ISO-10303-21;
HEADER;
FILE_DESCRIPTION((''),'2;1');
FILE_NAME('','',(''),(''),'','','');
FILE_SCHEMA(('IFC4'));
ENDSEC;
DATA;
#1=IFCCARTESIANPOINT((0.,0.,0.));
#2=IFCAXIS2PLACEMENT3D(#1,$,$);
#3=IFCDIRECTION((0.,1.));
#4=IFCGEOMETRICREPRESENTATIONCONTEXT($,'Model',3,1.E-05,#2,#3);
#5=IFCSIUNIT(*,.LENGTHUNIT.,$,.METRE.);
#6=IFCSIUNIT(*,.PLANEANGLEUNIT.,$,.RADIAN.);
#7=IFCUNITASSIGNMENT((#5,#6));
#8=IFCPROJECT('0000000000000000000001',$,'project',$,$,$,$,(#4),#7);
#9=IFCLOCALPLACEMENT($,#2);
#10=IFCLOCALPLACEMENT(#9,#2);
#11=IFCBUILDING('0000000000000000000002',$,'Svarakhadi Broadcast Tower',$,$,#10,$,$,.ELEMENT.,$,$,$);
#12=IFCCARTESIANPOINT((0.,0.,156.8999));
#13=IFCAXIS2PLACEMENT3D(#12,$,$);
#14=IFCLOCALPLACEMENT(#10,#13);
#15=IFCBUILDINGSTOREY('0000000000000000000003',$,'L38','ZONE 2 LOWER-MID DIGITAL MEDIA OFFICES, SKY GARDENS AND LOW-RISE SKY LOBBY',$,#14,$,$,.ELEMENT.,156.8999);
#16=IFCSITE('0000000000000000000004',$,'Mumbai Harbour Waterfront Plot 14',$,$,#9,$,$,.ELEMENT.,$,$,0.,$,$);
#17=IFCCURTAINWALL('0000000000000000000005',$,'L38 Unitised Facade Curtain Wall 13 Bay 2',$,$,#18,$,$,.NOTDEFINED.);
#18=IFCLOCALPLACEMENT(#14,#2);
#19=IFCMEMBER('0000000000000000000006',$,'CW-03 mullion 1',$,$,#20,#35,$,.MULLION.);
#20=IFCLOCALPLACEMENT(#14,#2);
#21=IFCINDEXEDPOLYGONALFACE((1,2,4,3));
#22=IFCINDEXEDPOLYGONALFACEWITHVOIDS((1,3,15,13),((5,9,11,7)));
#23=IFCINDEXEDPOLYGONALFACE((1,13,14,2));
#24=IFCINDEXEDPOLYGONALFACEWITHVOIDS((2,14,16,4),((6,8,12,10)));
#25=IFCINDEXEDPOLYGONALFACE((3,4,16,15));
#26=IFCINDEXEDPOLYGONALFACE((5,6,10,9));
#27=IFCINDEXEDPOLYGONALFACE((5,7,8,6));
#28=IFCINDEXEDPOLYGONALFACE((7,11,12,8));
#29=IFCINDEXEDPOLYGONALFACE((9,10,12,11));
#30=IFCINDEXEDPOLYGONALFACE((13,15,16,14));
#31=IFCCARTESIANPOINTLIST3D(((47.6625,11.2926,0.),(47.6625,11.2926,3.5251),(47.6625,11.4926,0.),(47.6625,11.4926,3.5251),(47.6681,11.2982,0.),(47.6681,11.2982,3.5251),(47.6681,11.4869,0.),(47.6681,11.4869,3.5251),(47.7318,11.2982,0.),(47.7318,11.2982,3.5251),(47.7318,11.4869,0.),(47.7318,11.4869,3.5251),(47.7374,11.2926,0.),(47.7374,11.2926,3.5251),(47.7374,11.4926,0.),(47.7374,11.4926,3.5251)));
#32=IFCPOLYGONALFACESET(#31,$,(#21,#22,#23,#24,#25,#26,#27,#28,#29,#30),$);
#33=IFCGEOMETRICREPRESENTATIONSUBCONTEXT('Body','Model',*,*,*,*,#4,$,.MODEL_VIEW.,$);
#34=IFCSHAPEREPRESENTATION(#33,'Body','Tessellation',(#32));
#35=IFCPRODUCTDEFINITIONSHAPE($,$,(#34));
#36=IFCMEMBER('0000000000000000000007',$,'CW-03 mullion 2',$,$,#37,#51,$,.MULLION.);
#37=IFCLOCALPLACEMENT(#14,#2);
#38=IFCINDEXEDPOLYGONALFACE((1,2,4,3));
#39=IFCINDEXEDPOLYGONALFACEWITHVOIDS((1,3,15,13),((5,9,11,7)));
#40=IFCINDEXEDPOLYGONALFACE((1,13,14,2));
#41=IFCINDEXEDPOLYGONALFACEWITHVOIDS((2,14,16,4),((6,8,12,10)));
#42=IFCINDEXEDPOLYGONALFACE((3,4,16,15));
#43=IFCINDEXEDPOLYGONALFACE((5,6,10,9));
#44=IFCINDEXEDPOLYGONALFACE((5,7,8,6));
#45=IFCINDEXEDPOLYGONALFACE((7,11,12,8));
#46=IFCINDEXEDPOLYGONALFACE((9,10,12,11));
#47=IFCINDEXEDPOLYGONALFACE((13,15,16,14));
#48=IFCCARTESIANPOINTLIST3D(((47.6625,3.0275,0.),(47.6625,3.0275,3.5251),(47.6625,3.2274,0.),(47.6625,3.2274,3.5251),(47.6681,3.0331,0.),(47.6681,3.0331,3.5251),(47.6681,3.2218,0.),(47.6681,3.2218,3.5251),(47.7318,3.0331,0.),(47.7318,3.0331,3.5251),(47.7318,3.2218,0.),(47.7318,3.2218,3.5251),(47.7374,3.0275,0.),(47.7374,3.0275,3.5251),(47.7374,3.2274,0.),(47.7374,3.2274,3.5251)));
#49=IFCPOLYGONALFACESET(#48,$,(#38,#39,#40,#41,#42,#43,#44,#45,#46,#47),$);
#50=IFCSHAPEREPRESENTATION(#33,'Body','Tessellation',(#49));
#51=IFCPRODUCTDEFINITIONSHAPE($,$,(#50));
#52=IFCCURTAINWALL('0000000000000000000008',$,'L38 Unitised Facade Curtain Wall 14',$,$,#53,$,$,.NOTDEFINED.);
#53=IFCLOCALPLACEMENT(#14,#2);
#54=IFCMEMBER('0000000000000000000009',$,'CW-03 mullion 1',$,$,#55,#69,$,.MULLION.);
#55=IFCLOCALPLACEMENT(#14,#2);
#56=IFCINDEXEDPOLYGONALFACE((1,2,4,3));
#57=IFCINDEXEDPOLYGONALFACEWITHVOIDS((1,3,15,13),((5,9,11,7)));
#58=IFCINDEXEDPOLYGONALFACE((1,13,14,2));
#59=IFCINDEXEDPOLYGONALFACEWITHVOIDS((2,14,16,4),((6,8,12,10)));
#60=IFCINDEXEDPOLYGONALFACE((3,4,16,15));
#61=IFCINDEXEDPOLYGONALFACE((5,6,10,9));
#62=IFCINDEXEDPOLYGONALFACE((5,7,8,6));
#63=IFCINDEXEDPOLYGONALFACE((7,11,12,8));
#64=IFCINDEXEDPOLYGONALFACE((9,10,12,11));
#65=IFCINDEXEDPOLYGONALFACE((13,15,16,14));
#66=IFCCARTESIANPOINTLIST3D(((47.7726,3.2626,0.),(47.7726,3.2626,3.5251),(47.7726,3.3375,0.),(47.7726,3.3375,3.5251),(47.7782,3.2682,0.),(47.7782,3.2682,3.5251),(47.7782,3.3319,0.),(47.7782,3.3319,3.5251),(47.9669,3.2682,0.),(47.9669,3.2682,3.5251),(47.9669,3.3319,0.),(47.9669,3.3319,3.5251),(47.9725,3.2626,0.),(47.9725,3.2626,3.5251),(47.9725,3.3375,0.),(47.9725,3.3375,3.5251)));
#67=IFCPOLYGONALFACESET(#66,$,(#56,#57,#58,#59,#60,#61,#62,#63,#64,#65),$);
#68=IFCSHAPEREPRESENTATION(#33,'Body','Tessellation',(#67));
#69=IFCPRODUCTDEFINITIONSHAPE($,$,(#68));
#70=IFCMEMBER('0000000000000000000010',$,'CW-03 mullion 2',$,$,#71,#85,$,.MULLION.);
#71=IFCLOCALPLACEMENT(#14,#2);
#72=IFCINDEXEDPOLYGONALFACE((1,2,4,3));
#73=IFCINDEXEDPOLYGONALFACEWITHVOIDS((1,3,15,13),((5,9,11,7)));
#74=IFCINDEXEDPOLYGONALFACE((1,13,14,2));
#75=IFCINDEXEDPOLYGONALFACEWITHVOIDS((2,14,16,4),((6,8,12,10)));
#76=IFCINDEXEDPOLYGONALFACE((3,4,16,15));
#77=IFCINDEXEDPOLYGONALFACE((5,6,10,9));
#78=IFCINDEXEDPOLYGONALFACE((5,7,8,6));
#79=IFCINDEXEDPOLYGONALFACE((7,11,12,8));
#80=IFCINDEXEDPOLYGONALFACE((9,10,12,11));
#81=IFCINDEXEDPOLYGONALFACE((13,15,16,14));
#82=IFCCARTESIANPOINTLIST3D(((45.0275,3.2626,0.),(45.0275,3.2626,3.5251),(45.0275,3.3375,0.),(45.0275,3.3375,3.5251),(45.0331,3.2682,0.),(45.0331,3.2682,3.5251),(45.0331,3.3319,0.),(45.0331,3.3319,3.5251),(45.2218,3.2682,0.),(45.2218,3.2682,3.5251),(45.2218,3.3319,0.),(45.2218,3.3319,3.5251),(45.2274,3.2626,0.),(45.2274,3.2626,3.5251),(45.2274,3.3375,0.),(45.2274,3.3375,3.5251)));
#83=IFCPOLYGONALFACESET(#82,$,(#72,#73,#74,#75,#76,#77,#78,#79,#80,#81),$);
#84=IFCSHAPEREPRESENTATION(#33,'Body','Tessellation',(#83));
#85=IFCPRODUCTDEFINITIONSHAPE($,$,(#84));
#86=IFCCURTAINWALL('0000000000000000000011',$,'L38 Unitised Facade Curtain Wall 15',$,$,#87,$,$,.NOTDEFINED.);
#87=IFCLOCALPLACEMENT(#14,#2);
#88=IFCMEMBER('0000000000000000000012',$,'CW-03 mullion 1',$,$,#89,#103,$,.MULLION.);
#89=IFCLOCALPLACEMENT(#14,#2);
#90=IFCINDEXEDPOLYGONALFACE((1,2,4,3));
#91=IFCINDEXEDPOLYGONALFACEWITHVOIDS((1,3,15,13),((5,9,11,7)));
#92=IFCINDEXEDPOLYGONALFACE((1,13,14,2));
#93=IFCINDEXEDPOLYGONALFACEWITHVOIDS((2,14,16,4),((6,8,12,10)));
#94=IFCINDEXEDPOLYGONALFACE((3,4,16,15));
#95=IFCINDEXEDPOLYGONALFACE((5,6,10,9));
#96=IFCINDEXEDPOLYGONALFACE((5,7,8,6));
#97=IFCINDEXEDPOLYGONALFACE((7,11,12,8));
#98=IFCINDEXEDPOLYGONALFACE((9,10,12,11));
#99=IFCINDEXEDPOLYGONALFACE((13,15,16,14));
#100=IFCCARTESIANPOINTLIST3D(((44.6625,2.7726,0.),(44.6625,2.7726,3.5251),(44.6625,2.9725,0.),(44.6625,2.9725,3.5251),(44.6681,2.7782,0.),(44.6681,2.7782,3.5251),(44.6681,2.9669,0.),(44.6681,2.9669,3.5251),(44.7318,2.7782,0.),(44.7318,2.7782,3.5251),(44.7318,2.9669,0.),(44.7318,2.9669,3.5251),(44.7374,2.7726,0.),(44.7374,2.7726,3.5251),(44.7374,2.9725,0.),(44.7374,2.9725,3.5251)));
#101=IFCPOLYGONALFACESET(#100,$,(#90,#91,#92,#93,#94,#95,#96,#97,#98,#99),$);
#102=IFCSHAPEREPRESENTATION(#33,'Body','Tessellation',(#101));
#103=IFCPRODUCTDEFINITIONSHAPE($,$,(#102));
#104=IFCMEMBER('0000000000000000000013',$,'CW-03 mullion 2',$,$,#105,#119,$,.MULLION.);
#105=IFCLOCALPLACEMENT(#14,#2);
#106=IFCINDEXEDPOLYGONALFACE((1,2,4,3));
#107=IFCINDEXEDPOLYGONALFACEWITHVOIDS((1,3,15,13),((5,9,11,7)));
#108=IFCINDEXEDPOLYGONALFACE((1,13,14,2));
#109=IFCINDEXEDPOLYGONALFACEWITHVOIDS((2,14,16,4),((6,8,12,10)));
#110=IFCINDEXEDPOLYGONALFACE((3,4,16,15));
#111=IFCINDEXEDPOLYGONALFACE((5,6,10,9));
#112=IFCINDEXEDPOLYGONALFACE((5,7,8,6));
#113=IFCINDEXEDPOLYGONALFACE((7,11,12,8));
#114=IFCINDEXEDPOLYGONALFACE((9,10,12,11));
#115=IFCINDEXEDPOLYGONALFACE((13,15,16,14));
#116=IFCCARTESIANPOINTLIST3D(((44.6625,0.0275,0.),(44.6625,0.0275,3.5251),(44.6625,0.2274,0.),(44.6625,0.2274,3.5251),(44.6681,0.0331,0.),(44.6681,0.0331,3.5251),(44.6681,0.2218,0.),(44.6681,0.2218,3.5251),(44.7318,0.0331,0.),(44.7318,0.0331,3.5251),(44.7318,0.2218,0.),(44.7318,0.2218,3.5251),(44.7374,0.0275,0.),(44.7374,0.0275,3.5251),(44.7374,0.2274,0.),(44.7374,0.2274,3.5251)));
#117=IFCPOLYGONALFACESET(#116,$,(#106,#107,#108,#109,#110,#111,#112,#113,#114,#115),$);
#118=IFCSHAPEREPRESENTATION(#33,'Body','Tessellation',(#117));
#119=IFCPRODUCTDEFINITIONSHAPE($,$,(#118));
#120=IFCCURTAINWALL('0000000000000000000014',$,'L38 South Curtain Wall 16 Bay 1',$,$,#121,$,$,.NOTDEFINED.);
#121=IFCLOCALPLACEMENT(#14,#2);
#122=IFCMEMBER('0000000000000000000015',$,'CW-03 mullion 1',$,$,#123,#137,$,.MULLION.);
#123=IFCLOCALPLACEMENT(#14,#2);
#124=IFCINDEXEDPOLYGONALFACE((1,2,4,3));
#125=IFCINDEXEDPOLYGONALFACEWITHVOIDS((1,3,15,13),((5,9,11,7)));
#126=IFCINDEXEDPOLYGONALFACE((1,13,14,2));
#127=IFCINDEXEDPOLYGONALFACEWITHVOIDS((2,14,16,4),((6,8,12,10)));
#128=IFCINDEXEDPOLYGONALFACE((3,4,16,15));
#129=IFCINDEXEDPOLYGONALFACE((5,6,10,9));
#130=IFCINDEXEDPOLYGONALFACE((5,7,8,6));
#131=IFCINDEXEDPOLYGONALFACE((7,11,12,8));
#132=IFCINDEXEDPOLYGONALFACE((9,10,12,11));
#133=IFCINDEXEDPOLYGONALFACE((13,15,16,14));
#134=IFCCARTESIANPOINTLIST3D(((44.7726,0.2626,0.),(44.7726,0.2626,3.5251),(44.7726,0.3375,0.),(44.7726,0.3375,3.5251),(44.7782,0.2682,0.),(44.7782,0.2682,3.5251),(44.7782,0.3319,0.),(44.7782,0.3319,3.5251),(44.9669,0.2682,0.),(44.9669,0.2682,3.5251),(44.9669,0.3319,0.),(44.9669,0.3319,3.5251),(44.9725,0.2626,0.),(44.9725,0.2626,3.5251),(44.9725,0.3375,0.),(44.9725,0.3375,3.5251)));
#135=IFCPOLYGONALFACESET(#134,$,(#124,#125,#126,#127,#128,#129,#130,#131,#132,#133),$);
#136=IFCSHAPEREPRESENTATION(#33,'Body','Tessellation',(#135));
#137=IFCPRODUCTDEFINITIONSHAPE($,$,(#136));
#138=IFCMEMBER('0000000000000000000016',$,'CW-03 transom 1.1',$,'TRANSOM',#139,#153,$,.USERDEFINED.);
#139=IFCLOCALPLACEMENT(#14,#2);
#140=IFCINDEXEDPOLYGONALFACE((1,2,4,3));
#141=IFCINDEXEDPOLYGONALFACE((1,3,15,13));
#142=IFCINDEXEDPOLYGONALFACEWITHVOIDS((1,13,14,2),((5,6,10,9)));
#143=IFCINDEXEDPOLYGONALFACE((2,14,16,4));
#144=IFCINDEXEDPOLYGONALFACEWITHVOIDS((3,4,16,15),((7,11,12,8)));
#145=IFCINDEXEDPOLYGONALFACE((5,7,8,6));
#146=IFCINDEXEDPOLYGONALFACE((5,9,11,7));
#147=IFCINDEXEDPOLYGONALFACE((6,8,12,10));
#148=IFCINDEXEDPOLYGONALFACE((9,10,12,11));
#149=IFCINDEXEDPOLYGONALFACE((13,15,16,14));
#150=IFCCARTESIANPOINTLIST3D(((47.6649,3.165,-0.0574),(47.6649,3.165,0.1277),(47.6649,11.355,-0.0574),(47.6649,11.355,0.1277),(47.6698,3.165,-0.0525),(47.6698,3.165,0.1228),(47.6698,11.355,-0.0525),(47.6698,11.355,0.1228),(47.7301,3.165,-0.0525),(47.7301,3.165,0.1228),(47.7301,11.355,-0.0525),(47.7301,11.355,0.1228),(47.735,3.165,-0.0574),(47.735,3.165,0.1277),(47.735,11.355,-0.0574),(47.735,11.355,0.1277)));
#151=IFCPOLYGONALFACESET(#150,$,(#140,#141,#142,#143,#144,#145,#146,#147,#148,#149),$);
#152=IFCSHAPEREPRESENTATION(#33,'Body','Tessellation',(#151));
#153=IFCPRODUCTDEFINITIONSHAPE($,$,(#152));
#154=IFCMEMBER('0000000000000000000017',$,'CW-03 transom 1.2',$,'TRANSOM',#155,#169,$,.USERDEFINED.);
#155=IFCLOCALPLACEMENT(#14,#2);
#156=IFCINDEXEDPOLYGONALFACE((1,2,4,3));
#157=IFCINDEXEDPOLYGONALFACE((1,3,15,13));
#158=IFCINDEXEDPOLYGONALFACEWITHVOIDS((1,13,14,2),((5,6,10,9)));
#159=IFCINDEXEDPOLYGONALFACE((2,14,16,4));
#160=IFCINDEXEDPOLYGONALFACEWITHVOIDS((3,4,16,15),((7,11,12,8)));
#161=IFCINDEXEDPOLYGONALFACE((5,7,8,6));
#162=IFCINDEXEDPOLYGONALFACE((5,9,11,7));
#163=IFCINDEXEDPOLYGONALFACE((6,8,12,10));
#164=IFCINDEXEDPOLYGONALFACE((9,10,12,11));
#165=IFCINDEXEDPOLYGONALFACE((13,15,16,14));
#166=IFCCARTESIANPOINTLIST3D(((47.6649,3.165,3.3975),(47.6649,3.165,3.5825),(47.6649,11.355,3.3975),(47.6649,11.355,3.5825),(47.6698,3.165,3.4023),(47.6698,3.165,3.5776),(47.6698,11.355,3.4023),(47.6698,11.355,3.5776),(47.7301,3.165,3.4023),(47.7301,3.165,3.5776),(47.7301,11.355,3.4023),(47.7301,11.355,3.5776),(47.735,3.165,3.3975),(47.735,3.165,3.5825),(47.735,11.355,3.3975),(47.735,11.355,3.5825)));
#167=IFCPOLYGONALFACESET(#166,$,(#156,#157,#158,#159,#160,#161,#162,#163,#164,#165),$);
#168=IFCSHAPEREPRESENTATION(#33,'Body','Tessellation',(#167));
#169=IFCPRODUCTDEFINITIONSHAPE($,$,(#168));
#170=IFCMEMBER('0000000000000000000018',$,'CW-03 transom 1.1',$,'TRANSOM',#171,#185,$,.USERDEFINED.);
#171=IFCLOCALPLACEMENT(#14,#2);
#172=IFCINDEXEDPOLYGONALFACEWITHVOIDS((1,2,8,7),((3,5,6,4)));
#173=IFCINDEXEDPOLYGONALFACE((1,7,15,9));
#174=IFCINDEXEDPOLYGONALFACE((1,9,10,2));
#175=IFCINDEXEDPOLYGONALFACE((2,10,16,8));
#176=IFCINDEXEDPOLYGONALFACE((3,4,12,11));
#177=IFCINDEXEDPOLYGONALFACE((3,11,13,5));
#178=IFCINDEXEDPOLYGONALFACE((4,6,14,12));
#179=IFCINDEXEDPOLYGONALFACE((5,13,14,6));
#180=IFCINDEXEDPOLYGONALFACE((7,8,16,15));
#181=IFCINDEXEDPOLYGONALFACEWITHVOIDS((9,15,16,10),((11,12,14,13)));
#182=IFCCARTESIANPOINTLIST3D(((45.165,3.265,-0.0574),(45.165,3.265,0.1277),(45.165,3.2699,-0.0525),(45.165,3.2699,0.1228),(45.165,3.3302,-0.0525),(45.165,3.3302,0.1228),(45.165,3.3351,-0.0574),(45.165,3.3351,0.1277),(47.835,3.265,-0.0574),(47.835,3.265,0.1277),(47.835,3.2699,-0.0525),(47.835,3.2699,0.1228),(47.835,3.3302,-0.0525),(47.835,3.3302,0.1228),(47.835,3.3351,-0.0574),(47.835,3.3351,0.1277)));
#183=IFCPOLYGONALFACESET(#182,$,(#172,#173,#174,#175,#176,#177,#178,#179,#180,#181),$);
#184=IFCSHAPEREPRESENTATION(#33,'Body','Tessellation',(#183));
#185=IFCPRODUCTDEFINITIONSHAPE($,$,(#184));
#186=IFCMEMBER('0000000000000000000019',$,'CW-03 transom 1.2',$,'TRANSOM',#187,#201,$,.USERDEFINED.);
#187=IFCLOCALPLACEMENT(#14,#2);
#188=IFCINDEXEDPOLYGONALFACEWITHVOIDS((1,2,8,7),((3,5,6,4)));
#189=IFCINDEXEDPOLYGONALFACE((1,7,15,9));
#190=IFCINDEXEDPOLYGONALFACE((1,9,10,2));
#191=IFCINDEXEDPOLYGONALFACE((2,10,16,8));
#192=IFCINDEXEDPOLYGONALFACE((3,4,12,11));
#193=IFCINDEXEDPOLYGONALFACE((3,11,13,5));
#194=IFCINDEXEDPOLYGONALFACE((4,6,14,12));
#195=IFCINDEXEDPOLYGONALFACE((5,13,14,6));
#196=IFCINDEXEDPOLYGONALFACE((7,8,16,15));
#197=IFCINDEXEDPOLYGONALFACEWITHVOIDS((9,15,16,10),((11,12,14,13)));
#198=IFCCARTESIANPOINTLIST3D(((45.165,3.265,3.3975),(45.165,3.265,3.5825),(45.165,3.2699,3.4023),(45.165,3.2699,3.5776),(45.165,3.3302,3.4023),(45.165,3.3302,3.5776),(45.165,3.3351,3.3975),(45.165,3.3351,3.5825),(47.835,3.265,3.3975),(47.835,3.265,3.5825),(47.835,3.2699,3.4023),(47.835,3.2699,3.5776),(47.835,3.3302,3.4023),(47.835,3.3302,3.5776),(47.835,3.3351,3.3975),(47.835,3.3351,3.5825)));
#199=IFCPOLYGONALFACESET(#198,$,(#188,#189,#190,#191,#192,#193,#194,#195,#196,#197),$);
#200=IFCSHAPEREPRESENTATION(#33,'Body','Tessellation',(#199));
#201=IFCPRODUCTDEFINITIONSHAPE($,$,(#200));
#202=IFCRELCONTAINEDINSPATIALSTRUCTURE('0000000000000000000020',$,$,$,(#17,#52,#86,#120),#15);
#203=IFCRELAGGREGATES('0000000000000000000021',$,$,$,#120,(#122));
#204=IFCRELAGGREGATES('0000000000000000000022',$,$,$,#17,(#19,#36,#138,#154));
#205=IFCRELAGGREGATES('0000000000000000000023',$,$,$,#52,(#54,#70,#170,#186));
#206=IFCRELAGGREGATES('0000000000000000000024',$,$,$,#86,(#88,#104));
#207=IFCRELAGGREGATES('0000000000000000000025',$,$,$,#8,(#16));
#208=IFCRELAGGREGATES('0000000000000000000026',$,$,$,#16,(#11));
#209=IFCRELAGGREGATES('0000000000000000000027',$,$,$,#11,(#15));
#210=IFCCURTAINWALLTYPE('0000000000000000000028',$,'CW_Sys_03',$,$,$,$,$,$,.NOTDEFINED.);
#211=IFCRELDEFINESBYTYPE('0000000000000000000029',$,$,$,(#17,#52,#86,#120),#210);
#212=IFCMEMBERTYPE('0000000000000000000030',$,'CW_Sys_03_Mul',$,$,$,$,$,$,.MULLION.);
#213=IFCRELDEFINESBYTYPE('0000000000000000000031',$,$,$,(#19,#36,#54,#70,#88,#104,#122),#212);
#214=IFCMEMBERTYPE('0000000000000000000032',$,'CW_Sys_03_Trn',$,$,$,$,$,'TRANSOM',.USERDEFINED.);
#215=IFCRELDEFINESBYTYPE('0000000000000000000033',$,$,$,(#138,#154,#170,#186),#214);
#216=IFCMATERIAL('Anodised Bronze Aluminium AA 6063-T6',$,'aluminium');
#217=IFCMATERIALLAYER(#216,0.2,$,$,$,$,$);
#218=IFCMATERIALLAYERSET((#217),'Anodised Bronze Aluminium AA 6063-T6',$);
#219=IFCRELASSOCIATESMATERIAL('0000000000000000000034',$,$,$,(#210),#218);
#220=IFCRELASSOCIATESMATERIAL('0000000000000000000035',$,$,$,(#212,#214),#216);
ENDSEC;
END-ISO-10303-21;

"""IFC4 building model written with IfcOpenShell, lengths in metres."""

from ifc_helpers import new_model, si_unit, direction, frame, origin, origin_2d, place, context, subcontext, project, spatial, hollow_rectangle, extrude, material, layer, layer_set, material_profile, profile_set, type_object, element, aggregate, save


model = new_model("IFC4")

# Units and contexts
model_context = context("Model", 3, precision=1e-05, world=origin(), true_north=direction((0.0, 1.0)))
body_context = subcontext(model_context, "Body", "Model", "MODEL_VIEW")
ifc_project = project(units=[si_unit("LENGTHUNIT", "METRE"), si_unit("PLANEANGLEUNIT", "RADIAN")], contexts=[model_context])

# Site, building, storey
site_placement = place(None, origin())
site = spatial("IfcSite", under=ifc_project, at=site_placement, Name="Mumbai Harbour Waterfront Plot 14", CompositionType="ELEMENT", RefElevation=0.0)
building_placement = place(site_placement, origin())
building = spatial("IfcBuilding", under=site, at=building_placement, Name="Svarakhadi Broadcast Tower", CompositionType="ELEMENT")
storey_placement = place(building_placement, frame((0.0, 0.0, 156.8999)))
storey = spatial("IfcBuildingStorey", under=building, at=storey_placement, Name="L38", Description="ZONE 2 LOWER-MID DIGITAL MEDIA OFFICES, SKY GARDENS AND LOW-RISE SKY LOBBY", CompositionType="ELEMENT", Elevation=156.8999)

# Curtain walls, members
ifc_material_1 = material(Name="Anodised Bronze Aluminium AA 6063-T6", Category="aluminium")
ifc_layer_1 = layer(ifc_material_1, 0.2)
ifc_layer_set_1 = layer_set([ifc_layer_1], Name="Anodised Bronze Aluminium AA 6063-T6")
curtain_wall_type = type_object("IfcCurtainWallType", Name="CW_Sys_03", PredefinedType="NOTDEFINED", material=ifc_layer_set_1)
curtain_wall_1_placement = place(storey_placement, origin())
curtain_wall_1 = element("IfcCurtainWall", 1, at=curtain_wall_1_placement, inside=storey, type_object=curtain_wall_type, Name="L38 Unitised Facade Curtain Wall 13 Bay 2", PredefinedType="NOTDEFINED")
ifc_material_profile_1 = material_profile(ifc_material_1, hollow_rectangle(XDim=0.075, YDim=0.2, WallThickness=0.0056, at=origin_2d()), Name="ALU MULLION 200x75x6")
ifc_profile_set_1 = profile_set([ifc_material_profile_1], Name="Anodised Bronze Aluminium AA 6063-T6")
member_type_1 = type_object("IfcMemberType", Name="CW_Sys_03_Mul", PredefinedType="MULLION", material=ifc_profile_set_1)
member_1_placement = place(storey_placement, frame((47.7, 11.3926, 0.0), z_axis=(0.0, 0.0, 1.0), x_axis=(1.0, 0.0, 0.0)))
member_1 = element("IfcMember", 2, at=member_1_placement, type_object=member_type_1, Name="CW-03 mullion 1", PredefinedType="MULLION", context=body_context, shape_type="SweptSolid", body=[
    extrude(hollow_rectangle(XDim=0.075, YDim=0.2, WallThickness=0.0056, at=origin_2d()), origin(), (0.0, 0.0, 1.0), 3.5251),
])
member_2_placement = place(storey_placement, frame((47.7, 3.1274, 0.0), z_axis=(0.0, 0.0, 1.0), x_axis=(1.0, 0.0, 0.0)))
member_2 = element("IfcMember", 3, at=member_2_placement, type_object=member_type_1, Name="CW-03 mullion 2", PredefinedType="MULLION", context=body_context, shape_type="SweptSolid", body=[
    extrude(hollow_rectangle(XDim=0.075, YDim=0.2, WallThickness=0.0056, at=origin_2d()), origin(), (0.0, 0.0, 1.0), 3.5251),
])
curtain_wall_2_placement = place(storey_placement, origin())
curtain_wall_2 = element("IfcCurtainWall", 4, at=curtain_wall_2_placement, inside=storey, type_object=curtain_wall_type, Name="L38 Unitised Facade Curtain Wall 14", PredefinedType="NOTDEFINED")
member_3_placement = place(storey_placement, frame((47.8726, 3.3, 0.0), z_axis=(0.0, 0.0, 1.0), x_axis=(0.0, -1.0, 0.0)))
member_3 = element("IfcMember", 5, at=member_3_placement, type_object=member_type_1, Name="CW-03 mullion 1", PredefinedType="MULLION", context=body_context, shape_type="SweptSolid", body=[
    extrude(hollow_rectangle(XDim=0.075, YDim=0.2, WallThickness=0.0056, at=origin_2d()), origin(), (0.0, 0.0, 1.0), 3.5251),
])
member_4_placement = place(storey_placement, frame((45.1274, 3.3, 0.0), z_axis=(0.0, 0.0, 1.0), x_axis=(0.0, -1.0, 0.0)))
member_4 = element("IfcMember", 6, at=member_4_placement, type_object=member_type_1, Name="CW-03 mullion 2", PredefinedType="MULLION", context=body_context, shape_type="SweptSolid", body=[
    extrude(hollow_rectangle(XDim=0.075, YDim=0.2, WallThickness=0.0056, at=origin_2d()), origin(), (0.0, 0.0, 1.0), 3.5251),
])
curtain_wall_3_placement = place(storey_placement, origin())
curtain_wall_3 = element("IfcCurtainWall", 7, at=curtain_wall_3_placement, inside=storey, type_object=curtain_wall_type, Name="L38 Unitised Facade Curtain Wall 15", PredefinedType="NOTDEFINED")
member_5_placement = place(storey_placement, frame((44.7, 2.8726, 0.0), z_axis=(0.0, 0.0, 1.0), x_axis=(1.0, 0.0, 0.0)))
member_5 = element("IfcMember", 8, at=member_5_placement, type_object=member_type_1, Name="CW-03 mullion 1", PredefinedType="MULLION", context=body_context, shape_type="SweptSolid", body=[
    extrude(hollow_rectangle(XDim=0.075, YDim=0.2, WallThickness=0.0056, at=origin_2d()), origin(), (0.0, 0.0, 1.0), 3.5251),
])
member_6_placement = place(storey_placement, frame((44.7, 0.1274, 0.0), z_axis=(0.0, 0.0, 1.0), x_axis=(1.0, 0.0, 0.0)))
member_6 = element("IfcMember", 9, at=member_6_placement, type_object=member_type_1, Name="CW-03 mullion 2", PredefinedType="MULLION", context=body_context, shape_type="SweptSolid", body=[
    extrude(hollow_rectangle(XDim=0.075, YDim=0.2, WallThickness=0.0056, at=origin_2d()), origin(), (0.0, 0.0, 1.0), 3.5251),
])

# Curtain wall, member
curtain_wall_4_placement = place(storey_placement, origin())
curtain_wall_4 = element("IfcCurtainWall", 10, at=curtain_wall_4_placement, inside=storey, type_object=curtain_wall_type, Name="L38 South Curtain Wall 16 Bay 1", PredefinedType="NOTDEFINED")
member_7_placement = place(storey_placement, frame((44.8726, 0.3, 0.0), z_axis=(0.0, 0.0, 1.0), x_axis=(0.0, -1.0, 0.0)))
member_7 = element("IfcMember", 11, at=member_7_placement, type_object=member_type_1, Name="CW-03 mullion 1", PredefinedType="MULLION", context=body_context, shape_type="SweptSolid", body=[
    extrude(hollow_rectangle(XDim=0.075, YDim=0.2, WallThickness=0.0056, at=origin_2d()), origin(), (0.0, 0.0, 1.0), 3.5251),
])

# Members
ifc_material_profile_2 = material_profile(ifc_material_1, hollow_rectangle(XDim=0.0701, YDim=0.1851, WallThickness=0.0049, at=origin_2d()), Name="ALU TRANSOM 185x70x5")
ifc_profile_set_2 = profile_set([ifc_material_profile_2], Name="Anodised Bronze Aluminium AA 6063-T6")
member_type_2 = type_object("IfcMemberType", Name="CW_Sys_03_Trn", ElementType="TRANSOM", PredefinedType="USERDEFINED", material=ifc_profile_set_2)
member_8_placement = place(storey_placement, frame((47.7, 11.355, 0.0352), z_axis=(0.0, -1.0, 0.0), x_axis=(1.0, 0.0, 0.0)))
member_8 = element("IfcMember", 12, at=member_8_placement, type_object=member_type_2, Name="CW-03 transom 1.1", ObjectType="TRANSOM", PredefinedType="USERDEFINED", context=body_context, shape_type="SweptSolid", body=[
    extrude(hollow_rectangle(XDim=0.0701, YDim=0.1851, WallThickness=0.0049, at=origin_2d()), origin(), (0.0, 0.0, 1.0), 8.1899),
])
member_9_placement = place(storey_placement, frame((47.7, 11.355, 3.49), z_axis=(0.0, -1.0, 0.0), x_axis=(1.0, 0.0, 0.0)))
member_9 = element("IfcMember", 13, at=member_9_placement, type_object=member_type_2, Name="CW-03 transom 1.2", ObjectType="TRANSOM", PredefinedType="USERDEFINED", context=body_context, shape_type="SweptSolid", body=[
    extrude(hollow_rectangle(XDim=0.0701, YDim=0.1851, WallThickness=0.0049, at=origin_2d()), origin(), (0.0, 0.0, 1.0), 8.1899),
])
member_10_placement = place(storey_placement, frame((47.835, 3.3, 0.0352), z_axis=(-1.0, 0.0, 0.0), x_axis=(0.0, -1.0, 0.0)))
member_10 = element("IfcMember", 14, at=member_10_placement, type_object=member_type_2, Name="CW-03 transom 1.1", ObjectType="TRANSOM", PredefinedType="USERDEFINED", context=body_context, shape_type="SweptSolid", body=[
    extrude(hollow_rectangle(XDim=0.0701, YDim=0.1851, WallThickness=0.0049, at=origin_2d()), origin(), (0.0, 0.0, 1.0), 2.6699),
])
member_11_placement = place(storey_placement, frame((47.835, 3.3, 3.49), z_axis=(-1.0, 0.0, 0.0), x_axis=(0.0, -1.0, 0.0)))
member_11 = element("IfcMember", 15, at=member_11_placement, type_object=member_type_2, Name="CW-03 transom 1.2", ObjectType="TRANSOM", PredefinedType="USERDEFINED", context=body_context, shape_type="SweptSolid", body=[
    extrude(hollow_rectangle(XDim=0.0701, YDim=0.1851, WallThickness=0.0049, at=origin_2d()), origin(), (0.0, 0.0, 1.0), 2.6699),
])
aggregate(curtain_wall_4, [member_7])

aggregate(curtain_wall_1, [member_1, member_2, member_8, member_9])
aggregate(curtain_wall_2, [member_3, member_4, member_10, member_11])
aggregate(curtain_wall_3, [member_5, member_6])

save(model, "model.ifc")
